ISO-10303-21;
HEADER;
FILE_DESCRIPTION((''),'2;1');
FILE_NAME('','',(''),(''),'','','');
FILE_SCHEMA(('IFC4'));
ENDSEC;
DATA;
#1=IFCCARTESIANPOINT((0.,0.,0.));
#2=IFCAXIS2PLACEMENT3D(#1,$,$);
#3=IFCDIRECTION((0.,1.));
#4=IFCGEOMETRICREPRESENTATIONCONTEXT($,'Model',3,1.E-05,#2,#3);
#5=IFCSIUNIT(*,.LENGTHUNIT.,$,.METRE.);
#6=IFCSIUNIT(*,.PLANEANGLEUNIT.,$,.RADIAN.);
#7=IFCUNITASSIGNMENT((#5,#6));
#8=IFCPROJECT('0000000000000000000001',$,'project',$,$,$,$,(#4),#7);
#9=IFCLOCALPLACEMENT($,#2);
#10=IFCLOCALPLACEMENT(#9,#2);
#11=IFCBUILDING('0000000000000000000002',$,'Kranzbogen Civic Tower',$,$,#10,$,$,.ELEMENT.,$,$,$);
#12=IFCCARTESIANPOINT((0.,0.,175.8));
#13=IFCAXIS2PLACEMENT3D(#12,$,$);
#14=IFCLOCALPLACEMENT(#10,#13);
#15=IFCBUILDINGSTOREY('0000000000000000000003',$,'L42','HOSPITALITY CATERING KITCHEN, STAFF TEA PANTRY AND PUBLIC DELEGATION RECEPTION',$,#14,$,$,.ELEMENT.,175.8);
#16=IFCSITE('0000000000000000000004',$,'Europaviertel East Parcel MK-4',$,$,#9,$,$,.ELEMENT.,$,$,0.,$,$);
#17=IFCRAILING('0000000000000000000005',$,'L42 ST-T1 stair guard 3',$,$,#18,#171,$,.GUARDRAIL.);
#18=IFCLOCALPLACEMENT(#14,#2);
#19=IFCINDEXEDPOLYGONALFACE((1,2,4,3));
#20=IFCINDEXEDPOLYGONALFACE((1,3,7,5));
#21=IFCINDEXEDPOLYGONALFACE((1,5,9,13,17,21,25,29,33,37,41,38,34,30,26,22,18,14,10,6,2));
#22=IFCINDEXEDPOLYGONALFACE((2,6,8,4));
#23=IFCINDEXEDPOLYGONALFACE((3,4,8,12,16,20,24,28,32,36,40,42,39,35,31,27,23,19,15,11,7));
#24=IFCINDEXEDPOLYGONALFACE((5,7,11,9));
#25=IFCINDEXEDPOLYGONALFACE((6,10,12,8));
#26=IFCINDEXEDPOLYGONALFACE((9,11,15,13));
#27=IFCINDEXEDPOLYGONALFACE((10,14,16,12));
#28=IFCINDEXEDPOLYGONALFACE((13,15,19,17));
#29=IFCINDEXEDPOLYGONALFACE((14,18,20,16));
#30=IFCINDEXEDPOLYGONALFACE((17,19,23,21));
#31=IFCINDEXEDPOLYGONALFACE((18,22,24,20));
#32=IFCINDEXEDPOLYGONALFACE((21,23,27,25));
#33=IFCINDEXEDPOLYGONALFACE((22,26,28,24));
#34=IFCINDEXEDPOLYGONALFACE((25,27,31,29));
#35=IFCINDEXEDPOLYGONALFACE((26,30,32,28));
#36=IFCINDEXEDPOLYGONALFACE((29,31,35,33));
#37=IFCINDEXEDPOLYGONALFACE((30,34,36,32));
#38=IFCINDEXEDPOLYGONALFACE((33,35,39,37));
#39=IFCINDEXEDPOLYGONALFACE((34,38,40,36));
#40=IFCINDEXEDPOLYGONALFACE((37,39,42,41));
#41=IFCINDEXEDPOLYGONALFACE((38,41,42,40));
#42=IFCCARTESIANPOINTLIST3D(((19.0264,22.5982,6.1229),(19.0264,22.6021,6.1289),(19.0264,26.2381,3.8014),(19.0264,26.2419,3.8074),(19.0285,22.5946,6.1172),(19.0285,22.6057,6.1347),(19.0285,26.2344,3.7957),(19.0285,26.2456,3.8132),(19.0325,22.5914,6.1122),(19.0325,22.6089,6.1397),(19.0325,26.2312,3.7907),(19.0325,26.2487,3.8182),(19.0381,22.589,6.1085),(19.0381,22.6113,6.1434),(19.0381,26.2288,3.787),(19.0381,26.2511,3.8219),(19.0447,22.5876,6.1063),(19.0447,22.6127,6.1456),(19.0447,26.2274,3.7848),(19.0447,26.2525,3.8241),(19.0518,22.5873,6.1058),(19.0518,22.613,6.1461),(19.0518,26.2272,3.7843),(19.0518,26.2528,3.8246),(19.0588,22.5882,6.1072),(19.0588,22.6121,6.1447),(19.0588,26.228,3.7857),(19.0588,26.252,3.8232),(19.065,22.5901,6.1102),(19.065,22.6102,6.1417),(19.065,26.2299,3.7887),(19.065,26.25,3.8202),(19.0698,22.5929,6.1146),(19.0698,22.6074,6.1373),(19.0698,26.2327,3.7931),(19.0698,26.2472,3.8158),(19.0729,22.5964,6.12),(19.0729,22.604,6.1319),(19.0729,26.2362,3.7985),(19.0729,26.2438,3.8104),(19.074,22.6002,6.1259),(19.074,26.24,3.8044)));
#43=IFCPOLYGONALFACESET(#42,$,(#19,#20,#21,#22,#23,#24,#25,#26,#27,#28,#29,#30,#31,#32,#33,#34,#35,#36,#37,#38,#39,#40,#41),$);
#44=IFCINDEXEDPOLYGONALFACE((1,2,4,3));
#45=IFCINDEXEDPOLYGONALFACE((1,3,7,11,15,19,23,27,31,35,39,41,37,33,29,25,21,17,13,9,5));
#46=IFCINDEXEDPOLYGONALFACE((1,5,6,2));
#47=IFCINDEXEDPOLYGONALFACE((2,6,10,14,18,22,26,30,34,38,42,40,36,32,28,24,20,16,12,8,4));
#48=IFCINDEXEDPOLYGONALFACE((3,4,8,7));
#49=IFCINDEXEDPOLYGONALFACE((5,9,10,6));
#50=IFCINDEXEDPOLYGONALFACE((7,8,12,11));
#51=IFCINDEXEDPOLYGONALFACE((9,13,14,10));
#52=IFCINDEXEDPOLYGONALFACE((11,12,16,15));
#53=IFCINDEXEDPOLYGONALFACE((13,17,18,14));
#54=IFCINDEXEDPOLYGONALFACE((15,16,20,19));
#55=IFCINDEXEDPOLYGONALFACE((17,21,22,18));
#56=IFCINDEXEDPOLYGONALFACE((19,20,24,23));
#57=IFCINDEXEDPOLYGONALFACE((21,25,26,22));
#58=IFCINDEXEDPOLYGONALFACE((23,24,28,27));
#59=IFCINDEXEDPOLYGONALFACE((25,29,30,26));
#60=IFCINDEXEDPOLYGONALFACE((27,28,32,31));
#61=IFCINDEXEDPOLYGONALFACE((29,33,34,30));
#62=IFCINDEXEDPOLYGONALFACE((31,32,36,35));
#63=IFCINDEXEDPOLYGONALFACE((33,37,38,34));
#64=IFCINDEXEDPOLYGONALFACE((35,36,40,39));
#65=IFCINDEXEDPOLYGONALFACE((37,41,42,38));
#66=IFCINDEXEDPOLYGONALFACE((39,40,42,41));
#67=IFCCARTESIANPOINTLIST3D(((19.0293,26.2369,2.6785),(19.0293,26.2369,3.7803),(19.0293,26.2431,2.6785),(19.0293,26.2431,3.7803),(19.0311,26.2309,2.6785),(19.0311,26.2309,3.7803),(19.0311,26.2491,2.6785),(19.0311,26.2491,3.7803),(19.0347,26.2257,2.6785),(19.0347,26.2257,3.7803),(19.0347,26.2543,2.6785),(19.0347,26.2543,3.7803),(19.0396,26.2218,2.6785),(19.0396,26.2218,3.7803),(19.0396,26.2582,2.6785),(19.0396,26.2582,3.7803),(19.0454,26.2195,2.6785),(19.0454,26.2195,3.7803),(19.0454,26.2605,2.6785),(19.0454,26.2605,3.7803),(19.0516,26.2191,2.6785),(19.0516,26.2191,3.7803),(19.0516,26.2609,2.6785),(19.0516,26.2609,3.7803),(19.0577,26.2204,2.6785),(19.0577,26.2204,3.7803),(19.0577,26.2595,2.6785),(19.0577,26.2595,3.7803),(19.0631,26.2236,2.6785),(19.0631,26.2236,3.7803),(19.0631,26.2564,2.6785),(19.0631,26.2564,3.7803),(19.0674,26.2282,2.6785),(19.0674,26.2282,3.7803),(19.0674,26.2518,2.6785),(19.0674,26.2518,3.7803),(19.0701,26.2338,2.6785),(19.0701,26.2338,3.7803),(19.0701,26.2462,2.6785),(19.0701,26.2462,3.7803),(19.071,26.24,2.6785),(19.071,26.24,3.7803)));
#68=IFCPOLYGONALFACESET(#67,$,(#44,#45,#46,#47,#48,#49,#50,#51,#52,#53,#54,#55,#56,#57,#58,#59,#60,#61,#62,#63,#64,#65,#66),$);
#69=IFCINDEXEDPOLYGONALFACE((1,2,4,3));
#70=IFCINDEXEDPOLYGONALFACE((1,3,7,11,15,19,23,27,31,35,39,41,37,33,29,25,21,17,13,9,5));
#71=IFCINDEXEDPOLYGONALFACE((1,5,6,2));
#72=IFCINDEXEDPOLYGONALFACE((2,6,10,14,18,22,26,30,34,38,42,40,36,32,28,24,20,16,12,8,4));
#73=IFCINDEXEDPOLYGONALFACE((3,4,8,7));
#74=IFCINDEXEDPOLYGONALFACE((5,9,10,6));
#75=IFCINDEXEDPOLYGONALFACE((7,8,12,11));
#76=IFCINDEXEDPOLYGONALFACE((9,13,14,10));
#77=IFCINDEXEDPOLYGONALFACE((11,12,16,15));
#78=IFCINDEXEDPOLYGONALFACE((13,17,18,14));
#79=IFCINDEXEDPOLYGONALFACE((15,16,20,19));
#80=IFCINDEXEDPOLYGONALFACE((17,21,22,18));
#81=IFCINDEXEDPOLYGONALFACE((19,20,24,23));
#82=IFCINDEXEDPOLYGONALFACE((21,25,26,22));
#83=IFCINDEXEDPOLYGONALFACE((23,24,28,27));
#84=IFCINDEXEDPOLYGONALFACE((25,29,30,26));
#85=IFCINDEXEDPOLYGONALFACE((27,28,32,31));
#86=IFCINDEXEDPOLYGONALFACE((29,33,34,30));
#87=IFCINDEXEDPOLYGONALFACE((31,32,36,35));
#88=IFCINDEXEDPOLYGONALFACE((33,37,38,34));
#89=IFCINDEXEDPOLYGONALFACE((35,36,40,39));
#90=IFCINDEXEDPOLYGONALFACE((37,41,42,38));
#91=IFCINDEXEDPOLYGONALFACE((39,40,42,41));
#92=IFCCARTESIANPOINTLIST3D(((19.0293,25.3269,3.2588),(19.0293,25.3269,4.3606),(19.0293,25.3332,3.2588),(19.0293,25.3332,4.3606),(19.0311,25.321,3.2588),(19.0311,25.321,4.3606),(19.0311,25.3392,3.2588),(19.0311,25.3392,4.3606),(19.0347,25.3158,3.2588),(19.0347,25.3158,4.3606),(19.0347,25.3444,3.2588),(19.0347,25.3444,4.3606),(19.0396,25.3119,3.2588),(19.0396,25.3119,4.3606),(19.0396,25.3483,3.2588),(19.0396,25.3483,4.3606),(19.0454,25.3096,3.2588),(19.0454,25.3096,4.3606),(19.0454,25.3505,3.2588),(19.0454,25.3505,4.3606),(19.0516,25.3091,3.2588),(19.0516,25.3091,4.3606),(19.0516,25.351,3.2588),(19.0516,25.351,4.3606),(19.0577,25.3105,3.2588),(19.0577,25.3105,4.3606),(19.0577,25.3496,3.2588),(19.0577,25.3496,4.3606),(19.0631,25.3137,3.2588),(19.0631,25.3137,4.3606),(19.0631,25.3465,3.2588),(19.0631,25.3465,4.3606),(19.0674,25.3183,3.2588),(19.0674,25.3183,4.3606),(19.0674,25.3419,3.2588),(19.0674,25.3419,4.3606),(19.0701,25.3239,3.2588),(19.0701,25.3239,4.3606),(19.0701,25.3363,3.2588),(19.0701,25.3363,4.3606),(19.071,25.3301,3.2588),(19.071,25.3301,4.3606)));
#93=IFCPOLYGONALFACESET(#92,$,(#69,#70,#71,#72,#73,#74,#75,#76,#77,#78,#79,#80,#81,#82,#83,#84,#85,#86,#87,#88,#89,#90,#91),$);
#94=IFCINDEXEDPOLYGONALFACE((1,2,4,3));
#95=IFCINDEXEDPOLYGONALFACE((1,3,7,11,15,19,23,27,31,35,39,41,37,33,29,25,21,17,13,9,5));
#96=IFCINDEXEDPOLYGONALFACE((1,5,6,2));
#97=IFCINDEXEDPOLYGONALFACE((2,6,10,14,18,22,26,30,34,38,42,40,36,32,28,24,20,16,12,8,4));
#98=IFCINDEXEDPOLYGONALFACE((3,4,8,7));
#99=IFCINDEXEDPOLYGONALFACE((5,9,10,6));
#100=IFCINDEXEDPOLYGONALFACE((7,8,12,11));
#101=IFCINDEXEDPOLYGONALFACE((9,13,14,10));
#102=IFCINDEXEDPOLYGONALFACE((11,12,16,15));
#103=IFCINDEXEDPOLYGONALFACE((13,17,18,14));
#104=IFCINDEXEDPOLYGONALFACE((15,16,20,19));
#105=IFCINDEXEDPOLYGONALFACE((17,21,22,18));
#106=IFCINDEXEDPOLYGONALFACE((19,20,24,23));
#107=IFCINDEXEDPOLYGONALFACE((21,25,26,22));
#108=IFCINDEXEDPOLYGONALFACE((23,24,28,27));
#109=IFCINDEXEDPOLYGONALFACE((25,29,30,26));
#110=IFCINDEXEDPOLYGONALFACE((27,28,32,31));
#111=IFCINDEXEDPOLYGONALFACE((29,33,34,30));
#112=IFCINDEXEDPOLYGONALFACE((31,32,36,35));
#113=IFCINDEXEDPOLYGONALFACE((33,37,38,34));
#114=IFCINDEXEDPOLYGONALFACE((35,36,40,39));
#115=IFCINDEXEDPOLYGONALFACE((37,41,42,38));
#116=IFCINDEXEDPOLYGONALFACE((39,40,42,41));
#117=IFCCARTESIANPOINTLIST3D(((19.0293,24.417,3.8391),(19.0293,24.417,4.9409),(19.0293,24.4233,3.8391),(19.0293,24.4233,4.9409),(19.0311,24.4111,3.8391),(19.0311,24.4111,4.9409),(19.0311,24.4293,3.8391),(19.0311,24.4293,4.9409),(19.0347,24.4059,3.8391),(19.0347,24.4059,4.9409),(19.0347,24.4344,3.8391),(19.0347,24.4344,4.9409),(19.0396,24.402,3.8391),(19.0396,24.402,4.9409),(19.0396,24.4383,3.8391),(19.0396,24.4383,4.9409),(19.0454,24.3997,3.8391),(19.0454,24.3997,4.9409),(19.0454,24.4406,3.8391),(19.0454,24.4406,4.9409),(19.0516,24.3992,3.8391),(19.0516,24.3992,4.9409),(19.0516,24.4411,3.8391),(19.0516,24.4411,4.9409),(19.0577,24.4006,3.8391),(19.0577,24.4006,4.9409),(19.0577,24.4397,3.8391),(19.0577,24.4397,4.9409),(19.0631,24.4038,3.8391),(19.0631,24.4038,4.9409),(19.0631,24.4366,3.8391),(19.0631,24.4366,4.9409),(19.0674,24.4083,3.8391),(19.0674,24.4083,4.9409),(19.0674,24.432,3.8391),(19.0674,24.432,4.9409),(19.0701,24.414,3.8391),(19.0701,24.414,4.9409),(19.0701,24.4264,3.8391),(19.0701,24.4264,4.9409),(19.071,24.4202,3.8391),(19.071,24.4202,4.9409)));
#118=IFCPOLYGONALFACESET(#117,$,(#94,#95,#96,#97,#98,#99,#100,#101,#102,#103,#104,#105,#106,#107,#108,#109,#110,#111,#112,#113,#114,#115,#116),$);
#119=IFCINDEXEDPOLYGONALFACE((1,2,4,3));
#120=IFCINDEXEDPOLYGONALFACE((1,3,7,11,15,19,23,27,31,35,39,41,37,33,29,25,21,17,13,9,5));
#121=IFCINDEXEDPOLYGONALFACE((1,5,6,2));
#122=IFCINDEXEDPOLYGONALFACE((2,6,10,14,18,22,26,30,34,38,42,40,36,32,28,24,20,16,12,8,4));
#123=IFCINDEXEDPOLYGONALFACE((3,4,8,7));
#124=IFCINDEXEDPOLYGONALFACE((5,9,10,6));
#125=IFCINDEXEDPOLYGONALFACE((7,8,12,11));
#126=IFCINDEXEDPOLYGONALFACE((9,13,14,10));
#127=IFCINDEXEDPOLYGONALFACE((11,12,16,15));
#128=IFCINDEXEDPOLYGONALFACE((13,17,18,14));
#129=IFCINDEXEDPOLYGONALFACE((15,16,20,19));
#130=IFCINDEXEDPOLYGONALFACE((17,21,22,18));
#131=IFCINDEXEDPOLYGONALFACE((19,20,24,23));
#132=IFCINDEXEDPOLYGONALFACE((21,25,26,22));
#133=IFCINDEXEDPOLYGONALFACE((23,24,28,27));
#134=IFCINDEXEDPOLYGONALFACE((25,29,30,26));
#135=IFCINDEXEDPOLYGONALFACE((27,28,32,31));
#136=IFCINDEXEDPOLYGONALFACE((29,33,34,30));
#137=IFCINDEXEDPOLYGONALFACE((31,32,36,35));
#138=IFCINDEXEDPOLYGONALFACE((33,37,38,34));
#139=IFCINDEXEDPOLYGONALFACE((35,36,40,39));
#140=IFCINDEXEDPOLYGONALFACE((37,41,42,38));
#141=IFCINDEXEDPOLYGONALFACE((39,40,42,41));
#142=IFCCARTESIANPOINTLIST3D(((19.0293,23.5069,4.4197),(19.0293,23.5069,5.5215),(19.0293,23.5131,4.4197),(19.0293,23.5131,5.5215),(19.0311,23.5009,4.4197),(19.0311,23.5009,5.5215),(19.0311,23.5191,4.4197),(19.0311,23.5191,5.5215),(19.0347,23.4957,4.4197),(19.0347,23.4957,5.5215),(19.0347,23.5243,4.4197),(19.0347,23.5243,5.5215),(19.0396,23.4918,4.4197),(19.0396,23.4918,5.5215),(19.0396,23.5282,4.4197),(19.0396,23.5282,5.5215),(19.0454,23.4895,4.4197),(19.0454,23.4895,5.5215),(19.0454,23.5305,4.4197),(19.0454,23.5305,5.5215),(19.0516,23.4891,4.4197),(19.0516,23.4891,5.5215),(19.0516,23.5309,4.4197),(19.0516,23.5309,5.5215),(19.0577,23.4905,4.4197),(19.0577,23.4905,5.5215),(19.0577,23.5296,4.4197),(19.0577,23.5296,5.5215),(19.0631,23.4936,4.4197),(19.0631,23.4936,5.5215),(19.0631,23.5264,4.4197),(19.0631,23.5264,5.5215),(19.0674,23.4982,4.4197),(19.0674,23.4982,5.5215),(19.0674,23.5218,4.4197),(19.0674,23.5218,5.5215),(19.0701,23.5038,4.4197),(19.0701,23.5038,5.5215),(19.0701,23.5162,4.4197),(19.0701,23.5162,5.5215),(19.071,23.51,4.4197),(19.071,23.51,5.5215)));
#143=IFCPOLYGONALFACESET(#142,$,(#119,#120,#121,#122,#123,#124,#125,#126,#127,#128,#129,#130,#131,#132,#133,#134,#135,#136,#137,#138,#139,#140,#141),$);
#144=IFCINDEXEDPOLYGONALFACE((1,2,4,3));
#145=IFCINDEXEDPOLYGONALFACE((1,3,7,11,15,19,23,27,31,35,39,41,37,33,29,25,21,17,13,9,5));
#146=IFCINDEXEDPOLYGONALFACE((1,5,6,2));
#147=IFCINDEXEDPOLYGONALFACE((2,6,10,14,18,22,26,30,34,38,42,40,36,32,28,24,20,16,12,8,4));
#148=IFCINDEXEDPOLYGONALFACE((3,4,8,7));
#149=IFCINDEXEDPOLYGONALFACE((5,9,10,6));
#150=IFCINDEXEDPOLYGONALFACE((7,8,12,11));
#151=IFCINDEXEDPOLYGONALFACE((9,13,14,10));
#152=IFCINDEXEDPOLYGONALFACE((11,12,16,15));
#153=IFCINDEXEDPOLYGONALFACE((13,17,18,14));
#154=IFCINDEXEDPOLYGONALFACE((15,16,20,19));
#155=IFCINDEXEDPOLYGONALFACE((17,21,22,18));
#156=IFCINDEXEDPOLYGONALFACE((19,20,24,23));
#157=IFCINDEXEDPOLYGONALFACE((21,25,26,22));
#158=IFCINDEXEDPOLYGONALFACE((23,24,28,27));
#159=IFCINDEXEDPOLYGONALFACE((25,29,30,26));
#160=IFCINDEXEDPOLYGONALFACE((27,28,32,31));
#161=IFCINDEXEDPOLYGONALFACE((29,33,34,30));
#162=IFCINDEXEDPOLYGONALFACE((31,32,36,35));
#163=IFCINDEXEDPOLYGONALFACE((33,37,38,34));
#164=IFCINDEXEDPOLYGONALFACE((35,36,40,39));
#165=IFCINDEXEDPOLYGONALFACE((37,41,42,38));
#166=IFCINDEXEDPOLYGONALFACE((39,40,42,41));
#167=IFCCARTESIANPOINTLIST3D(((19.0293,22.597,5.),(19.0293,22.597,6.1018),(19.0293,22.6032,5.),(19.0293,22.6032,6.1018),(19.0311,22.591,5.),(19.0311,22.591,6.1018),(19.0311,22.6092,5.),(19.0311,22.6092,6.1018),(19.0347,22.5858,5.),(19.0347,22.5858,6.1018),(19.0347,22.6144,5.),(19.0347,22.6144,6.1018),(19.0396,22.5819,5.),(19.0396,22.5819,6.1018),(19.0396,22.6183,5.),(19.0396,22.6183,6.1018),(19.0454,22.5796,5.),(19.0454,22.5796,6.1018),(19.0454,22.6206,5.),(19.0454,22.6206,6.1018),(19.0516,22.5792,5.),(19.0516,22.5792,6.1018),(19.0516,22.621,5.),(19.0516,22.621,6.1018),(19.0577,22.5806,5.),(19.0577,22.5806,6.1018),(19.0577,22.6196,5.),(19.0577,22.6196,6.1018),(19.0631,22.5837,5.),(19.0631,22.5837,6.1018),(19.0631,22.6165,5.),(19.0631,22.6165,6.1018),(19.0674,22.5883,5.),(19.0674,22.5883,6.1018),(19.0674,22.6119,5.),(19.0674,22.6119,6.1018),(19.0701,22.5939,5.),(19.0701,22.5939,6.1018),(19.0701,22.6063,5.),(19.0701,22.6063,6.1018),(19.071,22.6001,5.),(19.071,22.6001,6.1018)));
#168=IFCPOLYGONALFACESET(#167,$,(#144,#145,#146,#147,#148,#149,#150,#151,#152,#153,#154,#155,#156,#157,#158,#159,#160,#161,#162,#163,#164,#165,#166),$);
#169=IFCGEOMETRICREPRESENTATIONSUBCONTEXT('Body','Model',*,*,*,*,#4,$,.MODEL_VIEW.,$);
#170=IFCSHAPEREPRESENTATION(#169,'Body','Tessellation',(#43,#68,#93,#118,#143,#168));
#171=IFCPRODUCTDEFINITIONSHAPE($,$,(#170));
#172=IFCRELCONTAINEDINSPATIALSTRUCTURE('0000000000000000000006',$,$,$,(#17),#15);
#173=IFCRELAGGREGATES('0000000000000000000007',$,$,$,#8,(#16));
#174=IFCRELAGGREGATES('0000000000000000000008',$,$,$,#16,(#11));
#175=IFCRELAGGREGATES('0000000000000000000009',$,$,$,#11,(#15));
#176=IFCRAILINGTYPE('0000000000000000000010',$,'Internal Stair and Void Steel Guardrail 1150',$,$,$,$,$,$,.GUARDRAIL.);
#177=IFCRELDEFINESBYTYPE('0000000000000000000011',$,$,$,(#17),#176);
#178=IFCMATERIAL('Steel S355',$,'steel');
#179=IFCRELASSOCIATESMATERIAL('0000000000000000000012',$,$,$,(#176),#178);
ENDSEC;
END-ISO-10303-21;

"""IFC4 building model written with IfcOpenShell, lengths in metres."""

from ifc_helpers import new_model, si_unit, direction, frame, origin, origin_2d, place, context, subcontext, project, spatial, circle, extrude, material, type_object, element, save


model = new_model("IFC4")

# Units and contexts
model_context = context("Model", 3, precision=1e-05, world=origin(), true_north=direction((0.0, 1.0)))
body_context = subcontext(model_context, "Body", "Model", "MODEL_VIEW")
ifc_project = project(units=[si_unit("LENGTHUNIT", "METRE"), si_unit("PLANEANGLEUNIT", "RADIAN")], contexts=[model_context])

# Site, building, storey
site_placement = place(None, origin())
site = spatial("IfcSite", under=ifc_project, at=site_placement, Name="Europaviertel East Parcel MK-4", CompositionType="ELEMENT", RefElevation=0.0)
building_placement = place(site_placement, origin())
building = spatial("IfcBuilding", under=site, at=building_placement, Name="Kranzbogen Civic Tower", CompositionType="ELEMENT")
storey_placement = place(building_placement, frame((0.0, 0.0, 175.8)))
storey = spatial("IfcBuildingStorey", under=building, at=storey_placement, Name="L42", Description="HOSPITALITY CATERING KITCHEN, STAFF TEA PANTRY AND PUBLIC DELEGATION RECEPTION", CompositionType="ELEMENT", Elevation=175.8)

# Shared definitions
ifc_material_1 = material(Name="Steel S355", Category="steel")

# Railing
railing_type_1 = type_object("IfcRailingType", Name="Internal Stair and Void Steel Guardrail 1150", PredefinedType="GUARDRAIL", material=ifc_material_1)
railing_1_placement = place(storey_placement, frame((19.05, 26.24, 2.6785)))
element("IfcRailing", 1, at=railing_1_placement, inside=storey, type_object=railing_type_1, Name="L42 ST-T1 stair guard 3", PredefinedType="GUARDRAIL", context=body_context, shape_type="SweptSolid", body=[
    extrude(circle(Radius=0.0239, at=origin_2d()), frame((0.0, 0.0, 1.126), z_axis=(0.0, -0.843112, 0.537739), x_axis=(1.0, 0.0, 0.0)), (0.0, 0.0, 1.0), 4.3171),
    extrude(circle(Radius=0.021, at=origin_2d()), origin(), (0.0, 0.0, 1.0), 1.1018),
    extrude(circle(Radius=0.021, at=origin_2d()), frame((0.0, -0.9099, 0.5803)), (0.0, 0.0, 1.0), 1.1018),
    extrude(circle(Radius=0.021, at=origin_2d()), frame((0.0, -1.8198, 1.1606)), (0.0, 0.0, 1.0), 1.1018),
    extrude(circle(Radius=0.021, at=origin_2d()), frame((0.0, -2.73, 1.7412)), (0.0, 0.0, 1.0), 1.1018),
    extrude(circle(Radius=0.021, at=origin_2d()), frame((0.0, -3.6399, 2.3215)), (0.0, 0.0, 1.0), 1.1018),
])

save(model, "model.ifc")
